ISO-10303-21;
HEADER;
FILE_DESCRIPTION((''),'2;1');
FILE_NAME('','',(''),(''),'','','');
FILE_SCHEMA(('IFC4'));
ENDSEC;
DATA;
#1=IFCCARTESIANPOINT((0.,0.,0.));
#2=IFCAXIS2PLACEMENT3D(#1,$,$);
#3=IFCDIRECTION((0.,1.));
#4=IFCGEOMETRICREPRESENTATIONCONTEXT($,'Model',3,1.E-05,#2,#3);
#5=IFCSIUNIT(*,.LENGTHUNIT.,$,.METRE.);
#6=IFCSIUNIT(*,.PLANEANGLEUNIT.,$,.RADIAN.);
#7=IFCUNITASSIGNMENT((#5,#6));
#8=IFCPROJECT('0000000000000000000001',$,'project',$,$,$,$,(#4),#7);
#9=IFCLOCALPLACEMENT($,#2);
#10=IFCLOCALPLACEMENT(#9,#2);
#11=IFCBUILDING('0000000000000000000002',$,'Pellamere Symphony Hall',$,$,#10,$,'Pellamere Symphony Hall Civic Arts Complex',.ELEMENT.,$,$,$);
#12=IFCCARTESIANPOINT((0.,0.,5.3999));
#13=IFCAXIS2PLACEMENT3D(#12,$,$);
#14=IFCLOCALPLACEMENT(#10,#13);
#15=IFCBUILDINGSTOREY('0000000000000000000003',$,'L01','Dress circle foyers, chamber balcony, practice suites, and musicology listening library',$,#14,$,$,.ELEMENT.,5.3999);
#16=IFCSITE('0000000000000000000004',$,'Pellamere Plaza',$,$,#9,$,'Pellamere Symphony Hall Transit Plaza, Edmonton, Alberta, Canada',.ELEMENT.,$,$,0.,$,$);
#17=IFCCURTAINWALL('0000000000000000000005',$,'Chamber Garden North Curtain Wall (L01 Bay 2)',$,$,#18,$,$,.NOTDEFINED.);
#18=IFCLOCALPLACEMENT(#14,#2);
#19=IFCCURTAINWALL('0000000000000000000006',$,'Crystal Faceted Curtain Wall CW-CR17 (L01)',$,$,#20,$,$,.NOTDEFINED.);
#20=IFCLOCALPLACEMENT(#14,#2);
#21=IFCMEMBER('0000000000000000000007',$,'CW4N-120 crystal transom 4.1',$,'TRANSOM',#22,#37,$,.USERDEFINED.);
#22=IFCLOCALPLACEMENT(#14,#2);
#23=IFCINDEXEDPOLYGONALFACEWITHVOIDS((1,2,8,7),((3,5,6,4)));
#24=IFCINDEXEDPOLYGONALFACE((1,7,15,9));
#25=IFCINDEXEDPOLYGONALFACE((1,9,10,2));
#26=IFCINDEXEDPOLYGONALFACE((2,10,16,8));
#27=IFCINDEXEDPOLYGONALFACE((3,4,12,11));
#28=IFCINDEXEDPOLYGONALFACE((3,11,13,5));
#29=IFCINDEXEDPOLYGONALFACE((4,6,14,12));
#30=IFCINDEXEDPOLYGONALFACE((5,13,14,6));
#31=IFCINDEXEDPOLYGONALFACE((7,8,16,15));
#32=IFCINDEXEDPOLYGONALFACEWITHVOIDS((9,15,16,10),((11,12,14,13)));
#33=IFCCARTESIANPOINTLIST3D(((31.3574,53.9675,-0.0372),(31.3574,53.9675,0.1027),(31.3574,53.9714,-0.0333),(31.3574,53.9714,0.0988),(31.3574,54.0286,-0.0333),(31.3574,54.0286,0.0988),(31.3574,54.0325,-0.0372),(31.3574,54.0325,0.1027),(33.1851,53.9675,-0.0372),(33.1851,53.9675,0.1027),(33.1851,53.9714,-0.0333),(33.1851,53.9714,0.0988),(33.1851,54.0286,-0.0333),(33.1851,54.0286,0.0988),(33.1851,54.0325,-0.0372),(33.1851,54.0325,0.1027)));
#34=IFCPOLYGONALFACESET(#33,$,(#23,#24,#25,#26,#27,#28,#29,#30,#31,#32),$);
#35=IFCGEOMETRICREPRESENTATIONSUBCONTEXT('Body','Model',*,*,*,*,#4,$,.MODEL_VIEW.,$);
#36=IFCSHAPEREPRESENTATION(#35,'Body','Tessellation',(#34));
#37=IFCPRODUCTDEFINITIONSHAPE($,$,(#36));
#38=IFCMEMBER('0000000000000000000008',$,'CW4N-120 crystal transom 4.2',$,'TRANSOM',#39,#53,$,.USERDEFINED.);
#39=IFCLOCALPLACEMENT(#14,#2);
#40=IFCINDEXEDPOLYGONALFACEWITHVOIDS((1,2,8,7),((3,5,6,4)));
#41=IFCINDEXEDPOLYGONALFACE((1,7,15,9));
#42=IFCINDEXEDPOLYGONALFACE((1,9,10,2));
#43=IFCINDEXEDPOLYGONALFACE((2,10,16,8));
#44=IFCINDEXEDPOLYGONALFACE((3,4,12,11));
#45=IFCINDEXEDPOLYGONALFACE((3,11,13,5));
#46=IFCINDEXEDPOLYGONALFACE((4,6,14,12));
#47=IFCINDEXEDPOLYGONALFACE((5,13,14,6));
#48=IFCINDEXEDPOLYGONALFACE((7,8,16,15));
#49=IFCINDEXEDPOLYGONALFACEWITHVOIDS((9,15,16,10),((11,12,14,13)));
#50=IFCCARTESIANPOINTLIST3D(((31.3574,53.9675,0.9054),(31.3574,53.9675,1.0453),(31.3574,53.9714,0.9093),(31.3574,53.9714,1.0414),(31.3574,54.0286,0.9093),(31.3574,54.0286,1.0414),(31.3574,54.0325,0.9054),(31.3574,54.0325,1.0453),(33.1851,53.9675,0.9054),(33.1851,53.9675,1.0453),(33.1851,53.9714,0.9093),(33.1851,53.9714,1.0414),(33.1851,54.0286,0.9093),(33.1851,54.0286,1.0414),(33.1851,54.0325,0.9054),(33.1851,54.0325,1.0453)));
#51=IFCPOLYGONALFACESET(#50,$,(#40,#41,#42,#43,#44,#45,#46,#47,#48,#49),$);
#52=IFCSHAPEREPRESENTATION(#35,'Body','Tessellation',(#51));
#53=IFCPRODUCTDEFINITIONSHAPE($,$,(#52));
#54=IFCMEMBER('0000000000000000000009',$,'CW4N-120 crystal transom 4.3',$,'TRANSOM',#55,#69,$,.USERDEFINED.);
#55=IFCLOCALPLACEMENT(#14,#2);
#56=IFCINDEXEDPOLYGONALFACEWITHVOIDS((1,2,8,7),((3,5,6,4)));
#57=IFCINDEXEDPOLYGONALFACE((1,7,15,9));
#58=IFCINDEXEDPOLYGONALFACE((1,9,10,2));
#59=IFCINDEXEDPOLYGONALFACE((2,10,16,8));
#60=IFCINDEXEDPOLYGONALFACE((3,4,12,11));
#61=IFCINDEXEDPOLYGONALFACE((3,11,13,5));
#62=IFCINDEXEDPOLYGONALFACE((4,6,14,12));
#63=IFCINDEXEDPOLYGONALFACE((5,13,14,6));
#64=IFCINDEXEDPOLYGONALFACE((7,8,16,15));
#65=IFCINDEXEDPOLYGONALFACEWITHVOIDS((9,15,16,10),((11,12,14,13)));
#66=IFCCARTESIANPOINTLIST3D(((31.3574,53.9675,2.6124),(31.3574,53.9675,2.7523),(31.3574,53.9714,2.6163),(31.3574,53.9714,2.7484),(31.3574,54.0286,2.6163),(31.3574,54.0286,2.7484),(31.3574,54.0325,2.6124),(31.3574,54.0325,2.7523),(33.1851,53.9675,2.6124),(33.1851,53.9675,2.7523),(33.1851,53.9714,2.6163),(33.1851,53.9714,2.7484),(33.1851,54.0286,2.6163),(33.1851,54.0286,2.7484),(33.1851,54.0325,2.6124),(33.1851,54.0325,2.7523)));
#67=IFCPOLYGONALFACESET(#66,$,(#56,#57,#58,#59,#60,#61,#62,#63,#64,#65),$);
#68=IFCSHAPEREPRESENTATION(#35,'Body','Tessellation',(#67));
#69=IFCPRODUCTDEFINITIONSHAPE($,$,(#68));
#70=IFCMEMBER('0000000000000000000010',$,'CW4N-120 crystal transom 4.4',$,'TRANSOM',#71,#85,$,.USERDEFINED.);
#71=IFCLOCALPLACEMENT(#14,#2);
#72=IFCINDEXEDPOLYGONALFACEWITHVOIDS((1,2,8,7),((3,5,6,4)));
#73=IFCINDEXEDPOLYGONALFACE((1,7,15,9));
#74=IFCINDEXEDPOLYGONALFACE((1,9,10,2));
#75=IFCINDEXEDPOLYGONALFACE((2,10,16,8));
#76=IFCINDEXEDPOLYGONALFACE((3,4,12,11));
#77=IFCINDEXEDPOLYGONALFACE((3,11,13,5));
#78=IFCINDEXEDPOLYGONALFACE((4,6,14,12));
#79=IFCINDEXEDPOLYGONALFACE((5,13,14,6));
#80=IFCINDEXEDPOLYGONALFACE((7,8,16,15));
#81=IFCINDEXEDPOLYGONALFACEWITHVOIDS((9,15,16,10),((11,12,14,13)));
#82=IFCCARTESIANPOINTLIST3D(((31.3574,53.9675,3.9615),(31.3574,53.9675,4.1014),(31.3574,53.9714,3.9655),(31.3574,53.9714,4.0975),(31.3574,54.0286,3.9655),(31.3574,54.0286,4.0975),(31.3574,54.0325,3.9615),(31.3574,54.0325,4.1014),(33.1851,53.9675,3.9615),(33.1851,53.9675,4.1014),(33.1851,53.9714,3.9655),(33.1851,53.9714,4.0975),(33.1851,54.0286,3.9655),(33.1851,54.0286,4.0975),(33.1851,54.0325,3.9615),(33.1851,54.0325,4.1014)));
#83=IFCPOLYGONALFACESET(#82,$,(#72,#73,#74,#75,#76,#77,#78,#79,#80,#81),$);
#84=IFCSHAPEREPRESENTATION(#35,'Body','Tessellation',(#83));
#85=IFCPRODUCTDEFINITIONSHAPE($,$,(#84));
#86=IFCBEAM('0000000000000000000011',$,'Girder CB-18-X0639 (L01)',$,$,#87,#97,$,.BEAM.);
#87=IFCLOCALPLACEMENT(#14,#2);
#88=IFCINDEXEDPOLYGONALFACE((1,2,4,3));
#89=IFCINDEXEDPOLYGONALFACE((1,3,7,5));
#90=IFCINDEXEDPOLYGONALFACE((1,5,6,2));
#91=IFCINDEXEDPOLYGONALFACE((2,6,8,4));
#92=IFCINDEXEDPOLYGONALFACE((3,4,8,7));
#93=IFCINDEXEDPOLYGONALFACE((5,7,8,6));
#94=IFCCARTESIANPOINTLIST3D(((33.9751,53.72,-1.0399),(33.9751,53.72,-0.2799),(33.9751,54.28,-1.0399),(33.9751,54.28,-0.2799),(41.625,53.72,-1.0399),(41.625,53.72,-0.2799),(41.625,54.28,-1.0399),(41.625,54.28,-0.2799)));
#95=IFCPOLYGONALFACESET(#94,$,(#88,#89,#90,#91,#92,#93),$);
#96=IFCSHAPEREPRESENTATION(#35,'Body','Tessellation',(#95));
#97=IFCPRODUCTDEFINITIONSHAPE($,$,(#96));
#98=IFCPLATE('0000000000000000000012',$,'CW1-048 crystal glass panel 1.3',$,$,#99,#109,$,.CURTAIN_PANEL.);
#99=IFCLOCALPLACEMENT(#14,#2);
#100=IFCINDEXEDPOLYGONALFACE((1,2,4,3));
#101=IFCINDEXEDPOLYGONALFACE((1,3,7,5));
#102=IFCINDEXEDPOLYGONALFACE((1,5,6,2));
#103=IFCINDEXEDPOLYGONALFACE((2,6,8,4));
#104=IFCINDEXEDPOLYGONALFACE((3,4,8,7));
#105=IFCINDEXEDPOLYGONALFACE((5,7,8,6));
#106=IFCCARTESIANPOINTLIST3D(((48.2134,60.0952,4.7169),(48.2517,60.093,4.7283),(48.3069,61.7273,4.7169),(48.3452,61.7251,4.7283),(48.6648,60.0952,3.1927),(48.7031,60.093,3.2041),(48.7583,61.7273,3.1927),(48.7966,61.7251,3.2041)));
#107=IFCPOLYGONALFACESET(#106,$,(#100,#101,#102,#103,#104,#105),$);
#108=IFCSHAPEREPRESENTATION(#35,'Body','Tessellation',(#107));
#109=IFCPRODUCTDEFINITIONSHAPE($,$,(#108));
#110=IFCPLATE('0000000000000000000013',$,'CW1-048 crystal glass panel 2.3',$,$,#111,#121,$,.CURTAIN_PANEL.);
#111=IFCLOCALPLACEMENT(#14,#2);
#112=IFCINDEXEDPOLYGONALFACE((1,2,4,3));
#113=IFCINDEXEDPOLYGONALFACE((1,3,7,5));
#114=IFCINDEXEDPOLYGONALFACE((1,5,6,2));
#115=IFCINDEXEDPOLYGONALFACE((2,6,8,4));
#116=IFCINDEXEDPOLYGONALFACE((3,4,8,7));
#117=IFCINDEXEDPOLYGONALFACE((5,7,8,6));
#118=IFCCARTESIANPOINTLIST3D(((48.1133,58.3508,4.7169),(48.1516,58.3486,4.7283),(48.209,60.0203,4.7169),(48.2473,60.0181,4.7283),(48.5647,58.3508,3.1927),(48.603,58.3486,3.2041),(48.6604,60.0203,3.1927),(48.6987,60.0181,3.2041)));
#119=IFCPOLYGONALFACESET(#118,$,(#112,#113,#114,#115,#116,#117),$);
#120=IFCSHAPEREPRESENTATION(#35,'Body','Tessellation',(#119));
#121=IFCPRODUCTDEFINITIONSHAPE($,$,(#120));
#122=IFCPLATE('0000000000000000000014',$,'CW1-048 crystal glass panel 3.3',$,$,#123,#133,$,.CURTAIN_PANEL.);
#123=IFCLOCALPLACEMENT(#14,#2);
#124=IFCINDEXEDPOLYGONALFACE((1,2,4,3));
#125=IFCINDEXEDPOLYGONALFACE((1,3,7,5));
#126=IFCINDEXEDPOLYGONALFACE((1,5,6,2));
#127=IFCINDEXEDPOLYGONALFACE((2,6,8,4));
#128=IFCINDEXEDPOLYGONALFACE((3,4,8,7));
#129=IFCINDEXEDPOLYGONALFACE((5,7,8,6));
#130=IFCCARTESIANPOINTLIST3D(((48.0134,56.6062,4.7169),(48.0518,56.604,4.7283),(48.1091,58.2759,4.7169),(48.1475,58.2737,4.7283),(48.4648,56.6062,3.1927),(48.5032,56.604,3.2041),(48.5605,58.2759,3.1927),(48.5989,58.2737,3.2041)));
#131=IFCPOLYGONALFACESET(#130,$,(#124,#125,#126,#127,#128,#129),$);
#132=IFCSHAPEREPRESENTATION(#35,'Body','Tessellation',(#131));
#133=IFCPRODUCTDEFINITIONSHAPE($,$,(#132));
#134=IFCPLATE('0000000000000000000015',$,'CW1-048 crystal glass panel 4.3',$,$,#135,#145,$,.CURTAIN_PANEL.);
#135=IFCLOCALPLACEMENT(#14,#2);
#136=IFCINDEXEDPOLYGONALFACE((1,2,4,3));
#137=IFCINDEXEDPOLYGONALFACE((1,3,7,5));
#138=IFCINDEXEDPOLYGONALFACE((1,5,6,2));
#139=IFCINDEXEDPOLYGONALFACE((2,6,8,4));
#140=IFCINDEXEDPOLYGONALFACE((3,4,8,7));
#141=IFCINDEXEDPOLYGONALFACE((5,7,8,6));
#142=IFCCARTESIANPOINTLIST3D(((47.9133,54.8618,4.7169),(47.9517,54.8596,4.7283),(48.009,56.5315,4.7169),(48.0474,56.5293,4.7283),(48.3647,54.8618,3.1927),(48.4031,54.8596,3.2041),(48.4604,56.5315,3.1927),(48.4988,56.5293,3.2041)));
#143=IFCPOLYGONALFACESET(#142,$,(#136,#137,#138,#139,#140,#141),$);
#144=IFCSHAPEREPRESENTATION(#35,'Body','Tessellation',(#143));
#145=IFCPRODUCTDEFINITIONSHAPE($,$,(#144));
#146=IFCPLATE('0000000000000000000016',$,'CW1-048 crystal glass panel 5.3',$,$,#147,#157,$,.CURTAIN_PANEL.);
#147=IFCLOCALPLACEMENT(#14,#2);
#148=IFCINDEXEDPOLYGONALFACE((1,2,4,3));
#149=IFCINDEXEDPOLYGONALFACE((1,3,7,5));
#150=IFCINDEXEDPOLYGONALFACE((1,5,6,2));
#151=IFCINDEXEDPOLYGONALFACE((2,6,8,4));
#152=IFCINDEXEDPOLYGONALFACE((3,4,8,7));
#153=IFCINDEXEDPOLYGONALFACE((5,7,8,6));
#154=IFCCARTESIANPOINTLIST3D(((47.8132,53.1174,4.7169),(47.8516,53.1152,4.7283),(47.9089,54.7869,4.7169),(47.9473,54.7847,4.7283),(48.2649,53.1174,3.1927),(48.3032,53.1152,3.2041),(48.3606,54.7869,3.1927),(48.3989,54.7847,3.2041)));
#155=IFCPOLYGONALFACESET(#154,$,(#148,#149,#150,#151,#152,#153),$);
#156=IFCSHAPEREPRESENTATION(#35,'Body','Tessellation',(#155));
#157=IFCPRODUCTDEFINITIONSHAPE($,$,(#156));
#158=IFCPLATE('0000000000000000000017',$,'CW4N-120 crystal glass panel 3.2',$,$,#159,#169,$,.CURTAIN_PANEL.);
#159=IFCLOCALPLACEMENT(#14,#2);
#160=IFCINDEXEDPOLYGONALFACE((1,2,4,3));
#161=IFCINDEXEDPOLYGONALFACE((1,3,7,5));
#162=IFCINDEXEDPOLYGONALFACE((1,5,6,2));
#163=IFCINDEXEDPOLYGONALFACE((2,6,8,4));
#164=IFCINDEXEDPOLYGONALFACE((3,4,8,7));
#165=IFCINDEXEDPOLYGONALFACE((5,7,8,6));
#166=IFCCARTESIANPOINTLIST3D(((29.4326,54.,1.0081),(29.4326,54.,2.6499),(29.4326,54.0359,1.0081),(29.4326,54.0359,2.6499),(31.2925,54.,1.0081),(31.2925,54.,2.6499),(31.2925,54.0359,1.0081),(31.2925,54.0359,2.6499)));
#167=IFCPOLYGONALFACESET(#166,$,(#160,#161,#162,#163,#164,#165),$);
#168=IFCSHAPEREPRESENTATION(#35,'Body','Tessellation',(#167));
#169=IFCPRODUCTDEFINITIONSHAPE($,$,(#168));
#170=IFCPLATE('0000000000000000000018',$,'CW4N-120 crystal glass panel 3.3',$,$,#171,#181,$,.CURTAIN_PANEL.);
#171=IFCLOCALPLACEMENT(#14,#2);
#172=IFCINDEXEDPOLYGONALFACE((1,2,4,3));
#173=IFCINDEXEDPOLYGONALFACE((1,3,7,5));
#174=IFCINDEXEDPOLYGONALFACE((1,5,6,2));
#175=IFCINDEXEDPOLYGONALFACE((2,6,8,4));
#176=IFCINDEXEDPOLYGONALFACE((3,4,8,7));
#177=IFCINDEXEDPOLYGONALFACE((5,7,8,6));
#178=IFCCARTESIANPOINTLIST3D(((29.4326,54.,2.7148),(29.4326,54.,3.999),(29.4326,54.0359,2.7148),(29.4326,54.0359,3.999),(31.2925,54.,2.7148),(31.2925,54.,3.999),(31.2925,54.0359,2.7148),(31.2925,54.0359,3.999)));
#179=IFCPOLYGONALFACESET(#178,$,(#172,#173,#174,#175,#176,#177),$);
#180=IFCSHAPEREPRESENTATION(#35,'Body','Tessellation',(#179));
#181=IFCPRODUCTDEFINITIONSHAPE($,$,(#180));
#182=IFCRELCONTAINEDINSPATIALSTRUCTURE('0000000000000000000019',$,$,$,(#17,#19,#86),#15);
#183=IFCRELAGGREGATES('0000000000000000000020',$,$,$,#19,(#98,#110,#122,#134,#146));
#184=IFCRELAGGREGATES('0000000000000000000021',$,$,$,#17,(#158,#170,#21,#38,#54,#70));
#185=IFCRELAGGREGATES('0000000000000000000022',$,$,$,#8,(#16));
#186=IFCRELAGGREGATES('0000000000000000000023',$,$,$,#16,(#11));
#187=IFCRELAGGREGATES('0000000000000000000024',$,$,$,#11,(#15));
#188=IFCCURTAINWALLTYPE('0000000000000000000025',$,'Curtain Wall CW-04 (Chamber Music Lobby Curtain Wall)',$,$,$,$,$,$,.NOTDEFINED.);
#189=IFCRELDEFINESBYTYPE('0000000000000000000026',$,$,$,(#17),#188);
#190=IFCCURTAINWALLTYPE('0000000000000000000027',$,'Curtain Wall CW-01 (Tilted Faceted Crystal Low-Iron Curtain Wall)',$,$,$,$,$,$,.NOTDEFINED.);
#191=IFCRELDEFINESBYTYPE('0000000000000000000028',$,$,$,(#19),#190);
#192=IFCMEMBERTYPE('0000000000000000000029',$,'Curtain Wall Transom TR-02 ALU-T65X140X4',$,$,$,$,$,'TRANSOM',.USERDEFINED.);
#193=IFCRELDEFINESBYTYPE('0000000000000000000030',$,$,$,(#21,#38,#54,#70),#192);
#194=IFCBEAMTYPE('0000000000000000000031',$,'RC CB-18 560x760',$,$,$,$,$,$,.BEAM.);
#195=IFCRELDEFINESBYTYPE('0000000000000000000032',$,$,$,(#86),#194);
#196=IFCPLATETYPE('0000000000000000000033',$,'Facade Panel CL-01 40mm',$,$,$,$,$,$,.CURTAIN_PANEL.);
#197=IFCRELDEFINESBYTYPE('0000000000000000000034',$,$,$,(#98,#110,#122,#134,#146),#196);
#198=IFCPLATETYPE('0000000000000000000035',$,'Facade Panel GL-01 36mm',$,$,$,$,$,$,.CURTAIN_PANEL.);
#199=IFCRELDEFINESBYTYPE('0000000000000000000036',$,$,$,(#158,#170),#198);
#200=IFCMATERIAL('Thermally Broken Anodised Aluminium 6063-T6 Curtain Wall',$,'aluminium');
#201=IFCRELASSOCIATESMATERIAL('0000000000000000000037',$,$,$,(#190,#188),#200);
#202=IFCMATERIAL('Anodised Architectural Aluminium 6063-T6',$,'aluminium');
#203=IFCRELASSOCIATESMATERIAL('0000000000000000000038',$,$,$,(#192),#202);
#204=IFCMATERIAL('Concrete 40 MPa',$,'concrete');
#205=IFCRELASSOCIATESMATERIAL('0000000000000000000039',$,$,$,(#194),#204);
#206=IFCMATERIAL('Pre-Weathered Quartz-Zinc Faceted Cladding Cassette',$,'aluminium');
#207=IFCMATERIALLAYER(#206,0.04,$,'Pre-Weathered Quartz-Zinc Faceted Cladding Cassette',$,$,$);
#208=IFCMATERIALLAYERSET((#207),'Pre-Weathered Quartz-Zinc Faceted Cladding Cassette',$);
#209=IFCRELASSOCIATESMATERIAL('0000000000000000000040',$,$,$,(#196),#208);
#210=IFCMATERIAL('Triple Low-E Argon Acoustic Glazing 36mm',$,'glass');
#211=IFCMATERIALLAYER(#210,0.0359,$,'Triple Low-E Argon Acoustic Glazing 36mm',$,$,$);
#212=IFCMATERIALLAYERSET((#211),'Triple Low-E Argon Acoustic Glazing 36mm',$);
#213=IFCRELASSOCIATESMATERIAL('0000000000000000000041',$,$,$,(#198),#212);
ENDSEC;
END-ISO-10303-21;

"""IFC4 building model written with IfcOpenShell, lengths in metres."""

from ifc_helpers import new_model, si_unit, direction, frame, origin, origin_2d, place, context, subcontext, project, spatial, polyline, rectangle, hollow_rectangle, outline, extrude, material, layer, layer_set, material_profile, profile_set, type_object, element, aggregate, save


model = new_model("IFC4")

# Units and contexts
model_context = context("Model", 3, precision=1e-05, world=origin(), true_north=direction((0.0, 1.0)))
body_context = subcontext(model_context, "Body", "Model", "MODEL_VIEW")
ifc_project = project(units=[si_unit("LENGTHUNIT", "METRE"), si_unit("PLANEANGLEUNIT", "RADIAN")], contexts=[model_context])

# Site, building, storey
site_placement = place(None, origin())
site = spatial("IfcSite", under=ifc_project, at=site_placement, Name="Pellamere Plaza", LongName="Pellamere Symphony Hall Transit Plaza, Edmonton, Alberta, Canada", CompositionType="ELEMENT", RefElevation=0.0)
building_placement = place(site_placement, origin())
building = spatial("IfcBuilding", under=site, at=building_placement, Name="Pellamere Symphony Hall", LongName="Pellamere Symphony Hall Civic Arts Complex", CompositionType="ELEMENT")
storey_placement = place(building_placement, frame((0.0, 0.0, 5.3999)))
storey = spatial("IfcBuildingStorey", under=building, at=storey_placement, Name="L01", Description="Dress circle foyers, chamber balcony, practice suites, and musicology listening library", CompositionType="ELEMENT", Elevation=5.3999)

# Shared definitions
ifc_material_1 = material(Name="Concrete 40 MPa", Category="concrete")

# Curtain wall
ifc_material_2 = material(Name="Thermally Broken Anodised Aluminium 6063-T6 Curtain Wall", Category="aluminium")
curtain_wall_type_1 = type_object("IfcCurtainWallType", Name="Curtain Wall CW-01 (Tilted Faceted Crystal Low-Iron Curtain Wall)", PredefinedType="NOTDEFINED", material=ifc_material_2)
ifc_material_3 = material(Name="Anodised Architectural Aluminium 6063-T6", Category="aluminium")
curtain_wall_type_2 = type_object("IfcCurtainWallType", Name="Curtain Wall CW-04 (Chamber Music Lobby Curtain Wall)", PredefinedType="NOTDEFINED", material=ifc_material_2)
curtain_wall_1_placement = place(storey_placement, origin())
curtain_wall_1 = element("IfcCurtainWall", 1, at=curtain_wall_1_placement, inside=storey, type_object=curtain_wall_type_2, Name="Chamber Garden North Curtain Wall (L01 Bay 2)", PredefinedType="NOTDEFINED")

# Curtain wall
curtain_wall_2_placement = place(storey_placement, origin())
curtain_wall_2 = element("IfcCurtainWall", 2, at=curtain_wall_2_placement, inside=storey, type_object=curtain_wall_type_1, Name="Crystal Faceted Curtain Wall CW-CR17 (L01)", PredefinedType="NOTDEFINED")

# Members
ifc_material_profile_1 = material_profile(ifc_material_3, hollow_rectangle(XDim=0.0649, YDim=0.1399, WallThickness=0.0039, at=origin_2d()), Name="ALU-T65X140X4")
ifc_profile_set_1 = profile_set([ifc_material_profile_1], Name="Anodised Architectural Aluminium 6063-T6")
member_type_1 = type_object("IfcMemberType", Name="Curtain Wall Transom TR-02 ALU-T65X140X4", ElementType="TRANSOM", PredefinedType="USERDEFINED", material=ifc_profile_set_1)
member_1_placement = place(storey_placement, frame((31.3574, 54.0, 0.0327), z_axis=(1.0, 0.0, 0.0), x_axis=(0.0, 1.0, 0.0)))
member_1 = element("IfcMember", 3, at=member_1_placement, type_object=member_type_1, Name="CW4N-120 crystal transom 4.1", ObjectType="TRANSOM", PredefinedType="USERDEFINED", context=body_context, shape_type="SweptSolid", body=[
    extrude(hollow_rectangle(XDim=0.0649, YDim=0.1399, WallThickness=0.0039, at=origin_2d()), origin(), (0.0, 0.0, 1.0), 1.8276),
])
member_2_placement = place(storey_placement, frame((31.3574, 54.0, 0.9753), z_axis=(1.0, 0.0, 0.0), x_axis=(0.0, 1.0, 0.0)))
member_2 = element("IfcMember", 4, at=member_2_placement, type_object=member_type_1, Name="CW4N-120 crystal transom 4.2", ObjectType="TRANSOM", PredefinedType="USERDEFINED", context=body_context, shape_type="SweptSolid", body=[
    extrude(hollow_rectangle(XDim=0.0649, YDim=0.1399, WallThickness=0.0039, at=origin_2d()), origin(), (0.0, 0.0, 1.0), 1.8276),
])
member_3_placement = place(storey_placement, frame((31.3574, 54.0, 2.6824), z_axis=(1.0, 0.0, 0.0), x_axis=(0.0, 1.0, 0.0)))
member_3 = element("IfcMember", 5, at=member_3_placement, type_object=member_type_1, Name="CW4N-120 crystal transom 4.3", ObjectType="TRANSOM", PredefinedType="USERDEFINED", context=body_context, shape_type="SweptSolid", body=[
    extrude(hollow_rectangle(XDim=0.0649, YDim=0.1399, WallThickness=0.0039, at=origin_2d()), origin(), (0.0, 0.0, 1.0), 1.8276),
])
member_4_placement = place(storey_placement, frame((31.3574, 54.0, 4.0315), z_axis=(1.0, 0.0, 0.0), x_axis=(0.0, 1.0, 0.0)))
member_4 = element("IfcMember", 6, at=member_4_placement, type_object=member_type_1, Name="CW4N-120 crystal transom 4.4", ObjectType="TRANSOM", PredefinedType="USERDEFINED", context=body_context, shape_type="SweptSolid", body=[
    extrude(hollow_rectangle(XDim=0.0649, YDim=0.1399, WallThickness=0.0039, at=origin_2d()), origin(), (0.0, 0.0, 1.0), 1.8276),
])

# Beam
ifc_material_profile_2 = material_profile(ifc_material_1, rectangle(XDim=0.5601, YDim=0.76, at=origin_2d()), Name="RC 560x760")
ifc_profile_set_2 = profile_set([ifc_material_profile_2], Name="Concrete 40 MPa")
beam_type = type_object("IfcBeamType", Name="RC CB-18 560x760", PredefinedType="BEAM", material=ifc_profile_set_2)
beam_placement = place(storey_placement, frame((33.9751, 54.0, -0.6599), z_axis=(1.0, 0.0, 0.0), x_axis=(0.0, 1.0, 0.0)))
element("IfcBeam", 7, at=beam_placement, inside=storey, type_object=beam_type, Name="Girder CB-18-X0639 (L01)", PredefinedType="BEAM", context=body_context, shape_type="SweptSolid", body=[
    extrude(rectangle(XDim=0.5601, YDim=0.76, at=origin_2d()), origin(), (0.0, 0.0, 1.0), 7.6499),
])

# Plates
ifc_material_4 = material(Name="Pre-Weathered Quartz-Zinc Faceted Cladding Cassette", Category="aluminium")
ifc_layer_1 = layer(ifc_material_4, 0.04, Name="Pre-Weathered Quartz-Zinc Faceted Cladding Cassette")
ifc_layer_set_1 = layer_set([ifc_layer_1], Name="Pre-Weathered Quartz-Zinc Faceted Cladding Cassette")
plate_type_1 = type_object("IfcPlateType", Name="Facade Panel CL-01 40mm", PredefinedType="CURTAIN_PANEL", material=ifc_layer_set_1)
plate_1_placement = place(storey_placement, frame((48.7966, 61.7251, 3.2041), z_axis=(0.957387, -0.054851, 0.283551), x_axis=(-0.057199, -0.998363, 0.0)))
plate_1 = element("IfcPlate", 8, at=plate_1_placement, type_object=plate_type_1, Name="CW1-048 crystal glass panel 1.3", PredefinedType="CURTAIN_PANEL", context=body_context, shape_type="SweptSolid", body=[
    extrude(outline(polyline([(0.0, 0.0), (1.6348, 0.0), (1.6606, -1.5894), (0.0258, -1.5894), (0.0, 0.0)])), origin(), (0.0, 0.0, -1.0), 0.04),
])
plate_2_placement = place(storey_placement, frame((48.6987, 60.0181, 3.2041), z_axis=(0.957385, -0.054884, 0.28355), x_axis=(-0.057233, -0.998361, 0.0)))
plate_2 = element("IfcPlate", 9, at=plate_2_placement, type_object=plate_type_1, Name="CW1-048 crystal glass panel 2.3", PredefinedType="CURTAIN_PANEL", context=body_context, shape_type="SweptSolid", body=[
    extrude(outline(polyline([(0.0, 0.0), (1.6722, 0.0), (1.698, -1.5894), (0.0258, -1.5894), (0.0, 0.0)])), origin(), (0.0, 0.0, -1.0), 0.04),
])
plate_3_placement = place(storey_placement, frame((48.5989, 58.2737, 3.2041), z_axis=(0.957386, -0.054876, 0.283551), x_axis=(-0.057224, -0.998361, 0.0)))
plate_3 = element("IfcPlate", 10, at=plate_3_placement, type_object=plate_type_1, Name="CW1-048 crystal glass panel 3.3", PredefinedType="CURTAIN_PANEL", context=body_context, shape_type="SweptSolid", body=[
    extrude(outline(polyline([(0.0, 0.0), (1.6724, 0.0), (1.6983, -1.5894), (0.0258, -1.5894), (0.0, 0.0)])), origin(), (0.0, 0.0, -1.0), 0.04),
])
plate_4_placement = place(storey_placement, frame((48.4988, 56.5293, 3.2041), z_axis=(0.957386, -0.054876, 0.283551), x_axis=(-0.057224, -0.998361, 0.0)))
plate_4 = element("IfcPlate", 11, at=plate_4_placement, type_object=plate_type_1, Name="CW1-048 crystal glass panel 4.3", PredefinedType="CURTAIN_PANEL", context=body_context, shape_type="SweptSolid", body=[
    extrude(outline(polyline([(0.0, 0.0), (1.6724, 0.0), (1.6983, -1.5894), (0.0258, -1.5894), (0.0, 0.0)])), origin(), (0.0, 0.0, -1.0), 0.04),
])
plate_5_placement = place(storey_placement, frame((48.3989, 54.7847, 3.2041), z_axis=(0.957344, -0.054881, 0.283692), x_axis=(-0.057233, -0.998361, 0.0)))
plate_5 = element("IfcPlate", 12, at=plate_5_placement, type_object=plate_type_1, Name="CW1-048 crystal glass panel 5.3", PredefinedType="CURTAIN_PANEL", context=body_context, shape_type="SweptSolid", body=[
    extrude(outline(polyline([(0.0, 0.0), (1.6722, 0.0), (1.698, -1.5895), (0.0258, -1.5895), (0.0, 0.0)])), origin(), (0.0, 0.0, -1.0), 0.04),
])
aggregate(curtain_wall_2, [plate_1, plate_2, plate_3, plate_4, plate_5])
ifc_material_5 = material(Name="Triple Low-E Argon Acoustic Glazing 36mm", Category="glass")
ifc_layer_2 = layer(ifc_material_5, 0.0359, Name="Triple Low-E Argon Acoustic Glazing 36mm")
ifc_layer_set_2 = layer_set([ifc_layer_2], Name="Triple Low-E Argon Acoustic Glazing 36mm")
plate_type_2 = type_object("IfcPlateType", Name="Facade Panel GL-01 36mm", PredefinedType="CURTAIN_PANEL", material=ifc_layer_set_2)
plate_6_placement = place(storey_placement, frame((29.4326, 54.0, 1.0081), z_axis=(0.0, -1.0, 0.0), x_axis=(1.0, 0.0, 0.0)))
plate_6 = element("IfcPlate", 13, at=plate_6_placement, type_object=plate_type_2, Name="CW4N-120 crystal glass panel 3.2", PredefinedType="CURTAIN_PANEL", context=body_context, shape_type="SweptSolid", body=[
    extrude(outline(polyline([(0.0, 0.0), (1.8599, 0.0), (1.8599, 1.6418), (0.0, 1.6418), (0.0, 0.0)])), origin(), (0.0, 0.0, -1.0), 0.0359),
])
plate_7_placement = place(storey_placement, frame((29.4326, 54.0, 2.7148), z_axis=(0.0, -1.0, 0.0), x_axis=(1.0, 0.0, 0.0)))
plate_7 = element("IfcPlate", 14, at=plate_7_placement, type_object=plate_type_2, Name="CW4N-120 crystal glass panel 3.3", PredefinedType="CURTAIN_PANEL", context=body_context, shape_type="SweptSolid", body=[
    extrude(outline(polyline([(0.0, 0.0), (1.8599, 0.0), (1.8599, 1.2842), (0.0, 1.2842), (0.0, 0.0)])), origin(), (0.0, 0.0, -1.0), 0.0359),
])
aggregate(curtain_wall_1, [plate_6, plate_7, member_1, member_2, member_3, member_4])

save(model, "model.ifc")
